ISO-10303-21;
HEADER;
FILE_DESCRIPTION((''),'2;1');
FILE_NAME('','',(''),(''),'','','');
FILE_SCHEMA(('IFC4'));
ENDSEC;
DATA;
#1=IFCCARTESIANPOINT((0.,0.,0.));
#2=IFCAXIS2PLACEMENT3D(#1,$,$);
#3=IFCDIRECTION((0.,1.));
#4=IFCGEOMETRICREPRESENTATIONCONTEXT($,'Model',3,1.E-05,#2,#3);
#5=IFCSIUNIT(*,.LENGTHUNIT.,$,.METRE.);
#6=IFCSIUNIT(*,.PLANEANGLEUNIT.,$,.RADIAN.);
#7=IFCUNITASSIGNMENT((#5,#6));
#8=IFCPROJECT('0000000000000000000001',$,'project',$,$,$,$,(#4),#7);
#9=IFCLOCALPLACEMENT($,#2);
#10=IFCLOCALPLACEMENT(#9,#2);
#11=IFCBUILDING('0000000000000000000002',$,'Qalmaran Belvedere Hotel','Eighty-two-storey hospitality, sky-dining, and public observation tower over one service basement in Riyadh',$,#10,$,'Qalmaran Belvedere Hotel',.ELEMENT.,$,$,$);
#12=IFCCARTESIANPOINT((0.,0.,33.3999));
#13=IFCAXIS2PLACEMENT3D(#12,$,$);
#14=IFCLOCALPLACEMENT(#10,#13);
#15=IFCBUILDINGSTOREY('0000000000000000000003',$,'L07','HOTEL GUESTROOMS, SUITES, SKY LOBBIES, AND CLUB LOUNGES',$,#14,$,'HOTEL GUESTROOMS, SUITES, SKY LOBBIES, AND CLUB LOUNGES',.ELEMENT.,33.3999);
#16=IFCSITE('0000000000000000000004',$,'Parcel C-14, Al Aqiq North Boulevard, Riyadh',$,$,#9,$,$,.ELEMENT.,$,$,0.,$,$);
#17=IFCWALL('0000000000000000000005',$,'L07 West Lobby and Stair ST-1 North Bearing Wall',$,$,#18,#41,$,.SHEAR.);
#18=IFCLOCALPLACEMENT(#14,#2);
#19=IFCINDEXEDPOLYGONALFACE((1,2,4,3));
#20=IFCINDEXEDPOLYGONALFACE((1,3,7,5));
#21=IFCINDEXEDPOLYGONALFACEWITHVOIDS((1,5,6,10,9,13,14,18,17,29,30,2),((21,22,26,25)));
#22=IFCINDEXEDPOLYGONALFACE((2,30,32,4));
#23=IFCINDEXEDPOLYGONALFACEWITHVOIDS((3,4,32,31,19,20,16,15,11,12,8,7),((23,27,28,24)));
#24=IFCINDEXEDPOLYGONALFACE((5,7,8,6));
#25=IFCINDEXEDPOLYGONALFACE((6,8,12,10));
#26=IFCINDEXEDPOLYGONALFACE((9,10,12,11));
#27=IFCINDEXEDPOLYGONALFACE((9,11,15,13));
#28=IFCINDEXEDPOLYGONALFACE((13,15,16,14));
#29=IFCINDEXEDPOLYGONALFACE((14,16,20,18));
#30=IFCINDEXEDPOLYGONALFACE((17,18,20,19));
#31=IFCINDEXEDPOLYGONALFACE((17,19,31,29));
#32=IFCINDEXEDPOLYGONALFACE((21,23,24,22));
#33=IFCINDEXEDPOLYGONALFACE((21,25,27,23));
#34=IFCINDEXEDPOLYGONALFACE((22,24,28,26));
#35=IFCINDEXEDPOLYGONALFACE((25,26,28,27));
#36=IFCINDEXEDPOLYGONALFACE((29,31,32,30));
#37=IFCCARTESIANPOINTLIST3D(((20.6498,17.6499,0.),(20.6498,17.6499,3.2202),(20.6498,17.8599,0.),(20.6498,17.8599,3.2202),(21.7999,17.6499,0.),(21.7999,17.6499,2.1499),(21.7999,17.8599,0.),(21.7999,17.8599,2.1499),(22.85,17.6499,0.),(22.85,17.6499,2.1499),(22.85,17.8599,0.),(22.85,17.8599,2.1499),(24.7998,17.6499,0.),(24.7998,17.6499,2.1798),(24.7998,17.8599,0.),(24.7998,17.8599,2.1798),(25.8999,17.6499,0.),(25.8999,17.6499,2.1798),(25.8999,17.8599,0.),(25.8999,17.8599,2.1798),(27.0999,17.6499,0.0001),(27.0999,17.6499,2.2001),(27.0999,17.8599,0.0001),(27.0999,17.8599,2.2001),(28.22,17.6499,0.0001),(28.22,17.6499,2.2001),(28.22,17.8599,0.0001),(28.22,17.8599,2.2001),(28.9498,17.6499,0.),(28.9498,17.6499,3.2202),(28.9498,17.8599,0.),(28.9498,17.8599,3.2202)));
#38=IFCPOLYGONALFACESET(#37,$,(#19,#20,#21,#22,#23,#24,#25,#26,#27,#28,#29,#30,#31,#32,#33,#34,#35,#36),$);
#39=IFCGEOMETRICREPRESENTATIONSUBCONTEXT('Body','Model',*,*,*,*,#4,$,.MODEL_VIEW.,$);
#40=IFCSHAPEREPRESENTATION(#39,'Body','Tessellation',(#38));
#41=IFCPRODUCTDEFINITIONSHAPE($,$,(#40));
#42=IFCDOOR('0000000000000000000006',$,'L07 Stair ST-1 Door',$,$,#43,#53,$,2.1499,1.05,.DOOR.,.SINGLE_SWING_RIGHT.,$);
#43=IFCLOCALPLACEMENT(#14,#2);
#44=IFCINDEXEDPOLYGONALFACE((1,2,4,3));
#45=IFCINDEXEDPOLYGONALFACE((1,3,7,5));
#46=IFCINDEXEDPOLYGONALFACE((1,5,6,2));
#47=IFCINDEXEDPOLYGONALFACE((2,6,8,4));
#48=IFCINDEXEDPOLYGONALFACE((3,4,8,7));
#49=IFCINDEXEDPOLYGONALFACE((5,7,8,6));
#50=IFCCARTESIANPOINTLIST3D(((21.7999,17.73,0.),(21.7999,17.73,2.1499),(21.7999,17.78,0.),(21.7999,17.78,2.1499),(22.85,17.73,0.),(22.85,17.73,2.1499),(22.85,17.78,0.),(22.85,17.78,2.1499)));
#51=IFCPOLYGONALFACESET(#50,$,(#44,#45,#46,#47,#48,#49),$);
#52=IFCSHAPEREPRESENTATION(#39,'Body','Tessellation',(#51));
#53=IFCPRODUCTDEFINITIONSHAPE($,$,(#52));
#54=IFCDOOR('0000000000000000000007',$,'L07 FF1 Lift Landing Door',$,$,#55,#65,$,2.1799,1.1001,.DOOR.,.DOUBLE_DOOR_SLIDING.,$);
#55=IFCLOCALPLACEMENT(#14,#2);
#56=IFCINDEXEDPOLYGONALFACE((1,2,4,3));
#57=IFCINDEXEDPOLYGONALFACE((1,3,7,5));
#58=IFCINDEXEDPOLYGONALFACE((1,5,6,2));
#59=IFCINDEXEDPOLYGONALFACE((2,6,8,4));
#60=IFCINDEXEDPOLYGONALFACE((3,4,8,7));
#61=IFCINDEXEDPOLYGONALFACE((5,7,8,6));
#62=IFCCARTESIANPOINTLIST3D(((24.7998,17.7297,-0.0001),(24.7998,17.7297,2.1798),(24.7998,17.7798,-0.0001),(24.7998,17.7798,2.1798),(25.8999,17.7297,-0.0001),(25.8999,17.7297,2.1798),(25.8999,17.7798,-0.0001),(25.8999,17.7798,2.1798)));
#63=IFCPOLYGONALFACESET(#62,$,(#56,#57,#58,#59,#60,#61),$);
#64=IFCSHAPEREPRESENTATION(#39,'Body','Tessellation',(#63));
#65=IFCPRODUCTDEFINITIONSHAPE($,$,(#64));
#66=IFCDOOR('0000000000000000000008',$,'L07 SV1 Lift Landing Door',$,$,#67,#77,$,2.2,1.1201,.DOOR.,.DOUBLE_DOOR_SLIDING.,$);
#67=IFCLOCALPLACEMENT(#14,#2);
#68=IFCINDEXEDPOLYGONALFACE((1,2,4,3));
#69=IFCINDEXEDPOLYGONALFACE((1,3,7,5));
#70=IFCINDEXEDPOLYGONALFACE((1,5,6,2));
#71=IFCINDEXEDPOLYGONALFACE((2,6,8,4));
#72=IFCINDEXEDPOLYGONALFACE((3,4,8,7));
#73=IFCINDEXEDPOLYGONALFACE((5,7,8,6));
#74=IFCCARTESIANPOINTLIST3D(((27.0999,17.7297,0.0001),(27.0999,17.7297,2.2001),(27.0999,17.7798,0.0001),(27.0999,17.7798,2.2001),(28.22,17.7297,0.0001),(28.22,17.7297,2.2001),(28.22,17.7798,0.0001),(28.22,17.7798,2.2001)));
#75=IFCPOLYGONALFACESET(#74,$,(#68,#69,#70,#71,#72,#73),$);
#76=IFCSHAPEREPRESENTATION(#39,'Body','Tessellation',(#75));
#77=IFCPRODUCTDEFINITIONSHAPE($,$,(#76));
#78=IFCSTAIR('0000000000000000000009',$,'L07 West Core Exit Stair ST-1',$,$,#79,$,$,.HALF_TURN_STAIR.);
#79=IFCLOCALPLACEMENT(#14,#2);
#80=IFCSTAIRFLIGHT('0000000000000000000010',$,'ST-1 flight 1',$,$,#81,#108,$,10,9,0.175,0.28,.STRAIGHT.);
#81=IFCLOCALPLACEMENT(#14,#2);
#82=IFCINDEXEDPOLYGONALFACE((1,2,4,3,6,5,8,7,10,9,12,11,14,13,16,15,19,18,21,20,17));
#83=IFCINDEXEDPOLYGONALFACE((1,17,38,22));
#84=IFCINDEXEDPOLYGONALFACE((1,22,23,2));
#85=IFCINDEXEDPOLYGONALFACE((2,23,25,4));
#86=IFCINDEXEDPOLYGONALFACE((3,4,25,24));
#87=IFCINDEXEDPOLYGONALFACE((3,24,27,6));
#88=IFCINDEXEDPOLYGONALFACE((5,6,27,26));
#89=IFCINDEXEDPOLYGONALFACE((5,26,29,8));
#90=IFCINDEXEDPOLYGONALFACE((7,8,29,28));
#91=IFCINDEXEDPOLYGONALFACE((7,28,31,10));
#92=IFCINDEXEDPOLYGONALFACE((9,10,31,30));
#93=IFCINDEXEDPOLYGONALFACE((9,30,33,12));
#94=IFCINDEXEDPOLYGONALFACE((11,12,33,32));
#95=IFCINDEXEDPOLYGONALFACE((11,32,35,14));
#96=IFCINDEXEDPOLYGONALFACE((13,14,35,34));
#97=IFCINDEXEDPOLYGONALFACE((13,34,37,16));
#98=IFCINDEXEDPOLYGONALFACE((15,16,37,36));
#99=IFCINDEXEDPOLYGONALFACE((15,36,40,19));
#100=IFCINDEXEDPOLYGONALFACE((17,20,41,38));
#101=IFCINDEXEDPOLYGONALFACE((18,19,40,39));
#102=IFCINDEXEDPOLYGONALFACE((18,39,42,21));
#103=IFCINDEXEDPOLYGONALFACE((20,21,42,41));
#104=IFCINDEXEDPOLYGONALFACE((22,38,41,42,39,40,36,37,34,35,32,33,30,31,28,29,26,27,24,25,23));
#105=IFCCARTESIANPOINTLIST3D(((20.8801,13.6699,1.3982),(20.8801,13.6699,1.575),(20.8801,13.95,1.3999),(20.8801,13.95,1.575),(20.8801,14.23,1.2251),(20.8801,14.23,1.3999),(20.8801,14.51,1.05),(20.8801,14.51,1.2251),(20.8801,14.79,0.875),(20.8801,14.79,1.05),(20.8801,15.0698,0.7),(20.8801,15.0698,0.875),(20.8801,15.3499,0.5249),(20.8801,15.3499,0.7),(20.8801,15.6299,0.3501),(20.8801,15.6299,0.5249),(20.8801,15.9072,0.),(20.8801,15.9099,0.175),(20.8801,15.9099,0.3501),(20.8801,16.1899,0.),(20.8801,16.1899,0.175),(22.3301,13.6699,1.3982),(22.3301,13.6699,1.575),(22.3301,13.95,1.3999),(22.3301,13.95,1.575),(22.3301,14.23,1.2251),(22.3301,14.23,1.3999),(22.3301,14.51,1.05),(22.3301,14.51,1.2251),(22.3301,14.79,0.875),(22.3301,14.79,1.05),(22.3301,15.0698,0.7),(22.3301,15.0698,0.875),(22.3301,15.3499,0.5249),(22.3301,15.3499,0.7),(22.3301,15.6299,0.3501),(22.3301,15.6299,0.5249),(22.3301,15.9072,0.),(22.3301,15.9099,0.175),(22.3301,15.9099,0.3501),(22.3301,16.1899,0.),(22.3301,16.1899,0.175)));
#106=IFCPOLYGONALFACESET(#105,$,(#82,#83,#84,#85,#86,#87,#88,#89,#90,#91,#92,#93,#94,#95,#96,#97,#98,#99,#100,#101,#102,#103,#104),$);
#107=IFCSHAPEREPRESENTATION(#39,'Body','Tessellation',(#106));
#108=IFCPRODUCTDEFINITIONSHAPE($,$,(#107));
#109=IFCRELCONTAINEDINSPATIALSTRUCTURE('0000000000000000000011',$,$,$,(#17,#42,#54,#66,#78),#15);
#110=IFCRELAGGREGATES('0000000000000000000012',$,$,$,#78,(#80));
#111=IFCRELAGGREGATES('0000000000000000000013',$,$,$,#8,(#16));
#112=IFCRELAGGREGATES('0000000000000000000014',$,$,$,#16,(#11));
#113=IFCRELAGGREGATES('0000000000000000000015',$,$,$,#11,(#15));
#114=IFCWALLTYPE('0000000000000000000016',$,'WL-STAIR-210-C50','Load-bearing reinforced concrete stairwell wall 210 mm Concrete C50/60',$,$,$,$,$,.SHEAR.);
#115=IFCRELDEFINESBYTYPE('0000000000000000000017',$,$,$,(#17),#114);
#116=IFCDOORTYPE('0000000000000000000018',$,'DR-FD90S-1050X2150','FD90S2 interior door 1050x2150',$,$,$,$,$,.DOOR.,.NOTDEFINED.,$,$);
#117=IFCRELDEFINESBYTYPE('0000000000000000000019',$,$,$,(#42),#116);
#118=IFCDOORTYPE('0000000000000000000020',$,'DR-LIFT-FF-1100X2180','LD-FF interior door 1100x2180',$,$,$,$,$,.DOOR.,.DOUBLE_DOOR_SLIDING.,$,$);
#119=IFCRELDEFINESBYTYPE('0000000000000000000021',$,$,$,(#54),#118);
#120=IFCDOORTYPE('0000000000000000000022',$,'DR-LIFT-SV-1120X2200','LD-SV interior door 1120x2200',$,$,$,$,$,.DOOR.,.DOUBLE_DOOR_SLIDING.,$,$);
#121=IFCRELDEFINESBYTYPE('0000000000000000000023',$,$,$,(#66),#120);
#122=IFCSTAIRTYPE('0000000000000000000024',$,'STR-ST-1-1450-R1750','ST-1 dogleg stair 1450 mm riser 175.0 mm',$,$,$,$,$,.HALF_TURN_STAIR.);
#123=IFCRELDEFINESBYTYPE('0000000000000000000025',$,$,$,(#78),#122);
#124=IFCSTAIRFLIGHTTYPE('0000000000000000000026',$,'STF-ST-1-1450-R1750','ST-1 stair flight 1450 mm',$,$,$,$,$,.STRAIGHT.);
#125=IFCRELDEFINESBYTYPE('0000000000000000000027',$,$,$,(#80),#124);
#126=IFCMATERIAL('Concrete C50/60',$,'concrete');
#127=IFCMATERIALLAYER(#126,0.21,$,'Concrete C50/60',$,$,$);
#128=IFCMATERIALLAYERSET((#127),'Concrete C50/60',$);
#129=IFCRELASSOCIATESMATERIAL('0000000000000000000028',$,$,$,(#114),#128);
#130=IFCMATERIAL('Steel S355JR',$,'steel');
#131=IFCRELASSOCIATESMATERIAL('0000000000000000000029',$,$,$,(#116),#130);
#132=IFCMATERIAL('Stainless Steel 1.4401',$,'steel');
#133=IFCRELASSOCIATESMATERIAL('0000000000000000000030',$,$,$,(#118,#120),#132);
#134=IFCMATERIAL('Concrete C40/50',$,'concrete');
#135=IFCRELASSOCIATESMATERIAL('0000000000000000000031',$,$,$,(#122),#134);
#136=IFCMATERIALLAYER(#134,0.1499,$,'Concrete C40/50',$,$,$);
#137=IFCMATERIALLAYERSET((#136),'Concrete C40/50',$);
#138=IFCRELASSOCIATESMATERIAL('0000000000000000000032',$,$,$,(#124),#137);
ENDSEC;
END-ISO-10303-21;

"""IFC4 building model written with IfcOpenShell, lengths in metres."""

from ifc_helpers import new_model, si_unit, direction, frame, frame_2d, origin, place, context, subcontext, project, spatial, polyline, rectangle, outline, extrude, material, layer, layer_set, type_object, element, fill, aggregate, save


model = new_model("IFC4")

# Units and contexts
model_context = context("Model", 3, precision=1e-05, world=origin(), true_north=direction((0.0, 1.0)))
body_context = subcontext(model_context, "Body", "Model", "MODEL_VIEW")
ifc_project = project(units=[si_unit("LENGTHUNIT", "METRE"), si_unit("PLANEANGLEUNIT", "RADIAN")], contexts=[model_context])

# Site, building, storey
site_placement = place(None, origin())
site = spatial("IfcSite", under=ifc_project, at=site_placement, Name="Parcel C-14, Al Aqiq North Boulevard, Riyadh", CompositionType="ELEMENT", RefElevation=0.0)
building_placement = place(site_placement, origin())
building = spatial("IfcBuilding", under=site, at=building_placement, Name="Qalmaran Belvedere Hotel", Description="Eighty-two-storey hospitality, sky-dining, and public observation tower over one service basement in Riyadh", LongName="Qalmaran Belvedere Hotel", CompositionType="ELEMENT")
storey_placement = place(building_placement, frame((0.0, 0.0, 33.3999)))
storey = spatial("IfcBuildingStorey", under=building, at=storey_placement, Name="L07", Description="HOTEL GUESTROOMS, SUITES, SKY LOBBIES, AND CLUB LOUNGES", LongName="HOTEL GUESTROOMS, SUITES, SKY LOBBIES, AND CLUB LOUNGES", CompositionType="ELEMENT", Elevation=33.3999)

# Shared definitions
ifc_material_1 = material(Name="Steel S355JR", Category="steel")

# Wall, openings, doors
ifc_material_2 = material(Name="Concrete C50/60", Category="concrete")
ifc_layer_1 = layer(ifc_material_2, 0.21, Name="Concrete C50/60")
ifc_layer_set_1 = layer_set([ifc_layer_1], Name="Concrete C50/60")
wall_type_1 = type_object("IfcWallType", Name="WL-STAIR-210-C50", Description="Load-bearing reinforced concrete stairwell wall 210 mm Concrete C50/60", PredefinedType="SHEAR", material=ifc_layer_set_1)
wall_1_placement = place(storey_placement, frame((20.6499, 17.7549, 0.0), z_axis=(0.0, 0.0, 1.0), x_axis=(1.0, 0.0, 0.0)))
wall_1 = element("IfcWall", 1, at=wall_1_placement, inside=storey, type_object=wall_type_1, Name="L07 West Lobby and Stair ST-1 North Bearing Wall", PredefinedType="SHEAR", context=body_context, shape_type="SweptSolid", body=[
    extrude(rectangle(XDim=8.3, YDim=0.21, at=frame_2d((4.1499, 0.0))), origin(), (0.0, 0.0, 1.0), 3.2202),
])
opening_1_placement = place(wall_1_placement, frame((2.2, 0.0, 0.0), z_axis=(0.0, 0.0, 1.0), x_axis=(-1.0, 0.0, 0.0)))
opening_1 = element("IfcOpeningElement", 2, at=opening_1_placement, cuts=wall_1, PredefinedType="OPENING", context=body_context, shape_type="SweptSolid", body=[
    extrude(rectangle(XDim=1.05, YDim=2.1499, at=frame_2d((0.5249, 1.075))), frame((0.0, 0.115, 0.0), z_axis=(0.0, -1.0, 0.0), x_axis=(1.0, 0.0, 0.0)), (0.0, 0.0, 1.0), 0.23),
])
opening_2_placement = place(wall_1_placement, frame((4.1499, 0.0, 0.0)))
opening_2 = element("IfcOpeningElement", 3, at=opening_2_placement, cuts=wall_1, PredefinedType="OPENING", context=body_context, shape_type="SweptSolid", body=[
    extrude(rectangle(XDim=1.1001, YDim=2.1799, at=frame_2d((0.55, 1.0898))), frame((0.0, 0.115, 0.0), z_axis=(0.0, -1.0, 0.0), x_axis=(1.0, 0.0, 0.0)), (0.0, 0.0, 1.0), 0.23),
])
opening_3_placement = place(wall_1_placement, frame((6.45, 0.0, 0.0)))
opening_3 = element("IfcOpeningElement", 4, at=opening_3_placement, cuts=wall_1, PredefinedType="OPENING", context=body_context, shape_type="SweptSolid", body=[
    extrude(rectangle(XDim=1.1201, YDim=2.2, at=frame_2d((0.5601, 1.1001))), frame((0.0, 0.115, 0.0), z_axis=(0.0, -1.0, 0.0), x_axis=(1.0, 0.0, 0.0)), (0.0, 0.0, 1.0), 0.23),
])
door_type_1 = type_object("IfcDoorType", Name="DR-FD90S-1050X2150", Description="FD90S2 interior door 1050x2150", OperationType="NOTDEFINED", PredefinedType="DOOR", material=ifc_material_1)
door_1_placement = place(opening_1_placement, origin())
door_1 = element("IfcDoor", 5, at=door_1_placement, inside=storey, type_object=door_type_1, Name="L07 Stair ST-1 Door", OperationType="SINGLE_SWING_RIGHT", OverallHeight=2.1499, OverallWidth=1.05, PredefinedType="DOOR", context=body_context, shape_type="SweptSolid", body=[
    extrude(rectangle(XDim=1.05, YDim=2.1499, at=frame_2d((0.5249, 1.075))), frame((0.0, 0.0249, 0.0), z_axis=(0.0, -1.0, 0.0), x_axis=(1.0, 0.0, 0.0)), (0.0, 0.0, 1.0), 0.05),
])
fill(opening_1, door_1)
ifc_material_3 = material(Name="Stainless Steel 1.4401", Category="steel")
door_type_2 = type_object("IfcDoorType", Name="DR-LIFT-FF-1100X2180", Description="LD-FF interior door 1100x2180", OperationType="DOUBLE_DOOR_SLIDING", PredefinedType="DOOR", material=ifc_material_3)
door_2_placement = place(opening_2_placement, origin())
door_2 = element("IfcDoor", 6, at=door_2_placement, inside=storey, type_object=door_type_2, Name="L07 FF1 Lift Landing Door", OperationType="DOUBLE_DOOR_SLIDING", OverallHeight=2.1799, OverallWidth=1.1001, PredefinedType="DOOR", context=body_context, shape_type="SweptSolid", body=[
    extrude(rectangle(XDim=1.1001, YDim=2.1799, at=frame_2d((0.55, 1.0898))), frame((0.0, 0.0249, 0.0), z_axis=(0.0, -1.0, 0.0), x_axis=(1.0, 0.0, 0.0)), (0.0, 0.0, 1.0), 0.05),
])
fill(opening_2, door_2)
door_type_3 = type_object("IfcDoorType", Name="DR-LIFT-SV-1120X2200", Description="LD-SV interior door 1120x2200", OperationType="DOUBLE_DOOR_SLIDING", PredefinedType="DOOR", material=ifc_material_3)
door_3_placement = place(opening_3_placement, origin())
door_3 = element("IfcDoor", 7, at=door_3_placement, inside=storey, type_object=door_type_3, Name="L07 SV1 Lift Landing Door", OperationType="DOUBLE_DOOR_SLIDING", OverallHeight=2.2, OverallWidth=1.1201, PredefinedType="DOOR", context=body_context, shape_type="SweptSolid", body=[
    extrude(rectangle(XDim=1.1201, YDim=2.2, at=frame_2d((0.5601, 1.1001))), frame((0.0, 0.0249, 0.0), z_axis=(0.0, -1.0, 0.0), x_axis=(1.0, 0.0, 0.0)), (0.0, 0.0, 1.0), 0.05),
])
fill(opening_3, door_3)

# Stair, stair flight
ifc_material_4 = material(Name="Concrete C40/50", Category="concrete")
stair_type = type_object("IfcStairType", Name="STR-ST-1-1450-R1750", Description="ST-1 dogleg stair 1450 mm riser 175.0 mm", PredefinedType="HALF_TURN_STAIR", material=ifc_material_4)
stair_placement = place(storey_placement, origin())
stair = element("IfcStair", 8, at=stair_placement, inside=storey, type_object=stair_type, Name="L07 West Core Exit Stair ST-1", PredefinedType="HALF_TURN_STAIR")
ifc_layer_2 = layer(ifc_material_4, 0.1499, Name="Concrete C40/50")
ifc_layer_set_2 = layer_set([ifc_layer_2], Name="Concrete C40/50")
stair_flight_type = type_object("IfcStairFlightType", Name="STF-ST-1-1450-R1750", Description="ST-1 stair flight 1450 mm", PredefinedType="STRAIGHT", material=ifc_layer_set_2)
stair_flight_placement = place(storey_placement, frame((21.605, 16.1899, 0.0), z_axis=(0.0, 0.0, 1.0), x_axis=(0.0, -1.0, 0.0)))
stair_flight = element("IfcStairFlight", 9, at=stair_flight_placement, type_object=stair_flight_type, Name="ST-1 flight 1", NumberOfRisers=10, NumberOfTreads=9, PredefinedType="STRAIGHT", RiserHeight=0.175, TreadLength=0.28, context=body_context, shape_type="SweptSolid", body=[
    extrude(outline(polyline([(0.0, 0.0), (0.0, 0.175), (0.28, 0.175), (0.28, 0.3501), (0.5601, 0.3501), (0.5601, 0.5249), (0.8401, 0.5249), (0.8401, 0.7), (1.1201, 0.7), (1.1201, 0.875), (1.3999, 0.875), (1.3999, 1.05), (1.6799, 1.05), (1.6799, 1.2251), (1.96, 1.2251), (1.96, 1.3999), (2.24, 1.3999), (2.24, 1.575), (2.52, 1.575), (2.52, 1.75), (2.52, 1.3982), (0.2827, 0.0), (0.0, 0.0)])), frame((0.0, 0.7251, 0.0), z_axis=(0.0, -1.0, 0.0), x_axis=(1.0, 0.0, 0.0)), (0.0, 0.0, 1.0), 1.45),
])
aggregate(stair, [stair_flight])

save(model, "model.ifc")
